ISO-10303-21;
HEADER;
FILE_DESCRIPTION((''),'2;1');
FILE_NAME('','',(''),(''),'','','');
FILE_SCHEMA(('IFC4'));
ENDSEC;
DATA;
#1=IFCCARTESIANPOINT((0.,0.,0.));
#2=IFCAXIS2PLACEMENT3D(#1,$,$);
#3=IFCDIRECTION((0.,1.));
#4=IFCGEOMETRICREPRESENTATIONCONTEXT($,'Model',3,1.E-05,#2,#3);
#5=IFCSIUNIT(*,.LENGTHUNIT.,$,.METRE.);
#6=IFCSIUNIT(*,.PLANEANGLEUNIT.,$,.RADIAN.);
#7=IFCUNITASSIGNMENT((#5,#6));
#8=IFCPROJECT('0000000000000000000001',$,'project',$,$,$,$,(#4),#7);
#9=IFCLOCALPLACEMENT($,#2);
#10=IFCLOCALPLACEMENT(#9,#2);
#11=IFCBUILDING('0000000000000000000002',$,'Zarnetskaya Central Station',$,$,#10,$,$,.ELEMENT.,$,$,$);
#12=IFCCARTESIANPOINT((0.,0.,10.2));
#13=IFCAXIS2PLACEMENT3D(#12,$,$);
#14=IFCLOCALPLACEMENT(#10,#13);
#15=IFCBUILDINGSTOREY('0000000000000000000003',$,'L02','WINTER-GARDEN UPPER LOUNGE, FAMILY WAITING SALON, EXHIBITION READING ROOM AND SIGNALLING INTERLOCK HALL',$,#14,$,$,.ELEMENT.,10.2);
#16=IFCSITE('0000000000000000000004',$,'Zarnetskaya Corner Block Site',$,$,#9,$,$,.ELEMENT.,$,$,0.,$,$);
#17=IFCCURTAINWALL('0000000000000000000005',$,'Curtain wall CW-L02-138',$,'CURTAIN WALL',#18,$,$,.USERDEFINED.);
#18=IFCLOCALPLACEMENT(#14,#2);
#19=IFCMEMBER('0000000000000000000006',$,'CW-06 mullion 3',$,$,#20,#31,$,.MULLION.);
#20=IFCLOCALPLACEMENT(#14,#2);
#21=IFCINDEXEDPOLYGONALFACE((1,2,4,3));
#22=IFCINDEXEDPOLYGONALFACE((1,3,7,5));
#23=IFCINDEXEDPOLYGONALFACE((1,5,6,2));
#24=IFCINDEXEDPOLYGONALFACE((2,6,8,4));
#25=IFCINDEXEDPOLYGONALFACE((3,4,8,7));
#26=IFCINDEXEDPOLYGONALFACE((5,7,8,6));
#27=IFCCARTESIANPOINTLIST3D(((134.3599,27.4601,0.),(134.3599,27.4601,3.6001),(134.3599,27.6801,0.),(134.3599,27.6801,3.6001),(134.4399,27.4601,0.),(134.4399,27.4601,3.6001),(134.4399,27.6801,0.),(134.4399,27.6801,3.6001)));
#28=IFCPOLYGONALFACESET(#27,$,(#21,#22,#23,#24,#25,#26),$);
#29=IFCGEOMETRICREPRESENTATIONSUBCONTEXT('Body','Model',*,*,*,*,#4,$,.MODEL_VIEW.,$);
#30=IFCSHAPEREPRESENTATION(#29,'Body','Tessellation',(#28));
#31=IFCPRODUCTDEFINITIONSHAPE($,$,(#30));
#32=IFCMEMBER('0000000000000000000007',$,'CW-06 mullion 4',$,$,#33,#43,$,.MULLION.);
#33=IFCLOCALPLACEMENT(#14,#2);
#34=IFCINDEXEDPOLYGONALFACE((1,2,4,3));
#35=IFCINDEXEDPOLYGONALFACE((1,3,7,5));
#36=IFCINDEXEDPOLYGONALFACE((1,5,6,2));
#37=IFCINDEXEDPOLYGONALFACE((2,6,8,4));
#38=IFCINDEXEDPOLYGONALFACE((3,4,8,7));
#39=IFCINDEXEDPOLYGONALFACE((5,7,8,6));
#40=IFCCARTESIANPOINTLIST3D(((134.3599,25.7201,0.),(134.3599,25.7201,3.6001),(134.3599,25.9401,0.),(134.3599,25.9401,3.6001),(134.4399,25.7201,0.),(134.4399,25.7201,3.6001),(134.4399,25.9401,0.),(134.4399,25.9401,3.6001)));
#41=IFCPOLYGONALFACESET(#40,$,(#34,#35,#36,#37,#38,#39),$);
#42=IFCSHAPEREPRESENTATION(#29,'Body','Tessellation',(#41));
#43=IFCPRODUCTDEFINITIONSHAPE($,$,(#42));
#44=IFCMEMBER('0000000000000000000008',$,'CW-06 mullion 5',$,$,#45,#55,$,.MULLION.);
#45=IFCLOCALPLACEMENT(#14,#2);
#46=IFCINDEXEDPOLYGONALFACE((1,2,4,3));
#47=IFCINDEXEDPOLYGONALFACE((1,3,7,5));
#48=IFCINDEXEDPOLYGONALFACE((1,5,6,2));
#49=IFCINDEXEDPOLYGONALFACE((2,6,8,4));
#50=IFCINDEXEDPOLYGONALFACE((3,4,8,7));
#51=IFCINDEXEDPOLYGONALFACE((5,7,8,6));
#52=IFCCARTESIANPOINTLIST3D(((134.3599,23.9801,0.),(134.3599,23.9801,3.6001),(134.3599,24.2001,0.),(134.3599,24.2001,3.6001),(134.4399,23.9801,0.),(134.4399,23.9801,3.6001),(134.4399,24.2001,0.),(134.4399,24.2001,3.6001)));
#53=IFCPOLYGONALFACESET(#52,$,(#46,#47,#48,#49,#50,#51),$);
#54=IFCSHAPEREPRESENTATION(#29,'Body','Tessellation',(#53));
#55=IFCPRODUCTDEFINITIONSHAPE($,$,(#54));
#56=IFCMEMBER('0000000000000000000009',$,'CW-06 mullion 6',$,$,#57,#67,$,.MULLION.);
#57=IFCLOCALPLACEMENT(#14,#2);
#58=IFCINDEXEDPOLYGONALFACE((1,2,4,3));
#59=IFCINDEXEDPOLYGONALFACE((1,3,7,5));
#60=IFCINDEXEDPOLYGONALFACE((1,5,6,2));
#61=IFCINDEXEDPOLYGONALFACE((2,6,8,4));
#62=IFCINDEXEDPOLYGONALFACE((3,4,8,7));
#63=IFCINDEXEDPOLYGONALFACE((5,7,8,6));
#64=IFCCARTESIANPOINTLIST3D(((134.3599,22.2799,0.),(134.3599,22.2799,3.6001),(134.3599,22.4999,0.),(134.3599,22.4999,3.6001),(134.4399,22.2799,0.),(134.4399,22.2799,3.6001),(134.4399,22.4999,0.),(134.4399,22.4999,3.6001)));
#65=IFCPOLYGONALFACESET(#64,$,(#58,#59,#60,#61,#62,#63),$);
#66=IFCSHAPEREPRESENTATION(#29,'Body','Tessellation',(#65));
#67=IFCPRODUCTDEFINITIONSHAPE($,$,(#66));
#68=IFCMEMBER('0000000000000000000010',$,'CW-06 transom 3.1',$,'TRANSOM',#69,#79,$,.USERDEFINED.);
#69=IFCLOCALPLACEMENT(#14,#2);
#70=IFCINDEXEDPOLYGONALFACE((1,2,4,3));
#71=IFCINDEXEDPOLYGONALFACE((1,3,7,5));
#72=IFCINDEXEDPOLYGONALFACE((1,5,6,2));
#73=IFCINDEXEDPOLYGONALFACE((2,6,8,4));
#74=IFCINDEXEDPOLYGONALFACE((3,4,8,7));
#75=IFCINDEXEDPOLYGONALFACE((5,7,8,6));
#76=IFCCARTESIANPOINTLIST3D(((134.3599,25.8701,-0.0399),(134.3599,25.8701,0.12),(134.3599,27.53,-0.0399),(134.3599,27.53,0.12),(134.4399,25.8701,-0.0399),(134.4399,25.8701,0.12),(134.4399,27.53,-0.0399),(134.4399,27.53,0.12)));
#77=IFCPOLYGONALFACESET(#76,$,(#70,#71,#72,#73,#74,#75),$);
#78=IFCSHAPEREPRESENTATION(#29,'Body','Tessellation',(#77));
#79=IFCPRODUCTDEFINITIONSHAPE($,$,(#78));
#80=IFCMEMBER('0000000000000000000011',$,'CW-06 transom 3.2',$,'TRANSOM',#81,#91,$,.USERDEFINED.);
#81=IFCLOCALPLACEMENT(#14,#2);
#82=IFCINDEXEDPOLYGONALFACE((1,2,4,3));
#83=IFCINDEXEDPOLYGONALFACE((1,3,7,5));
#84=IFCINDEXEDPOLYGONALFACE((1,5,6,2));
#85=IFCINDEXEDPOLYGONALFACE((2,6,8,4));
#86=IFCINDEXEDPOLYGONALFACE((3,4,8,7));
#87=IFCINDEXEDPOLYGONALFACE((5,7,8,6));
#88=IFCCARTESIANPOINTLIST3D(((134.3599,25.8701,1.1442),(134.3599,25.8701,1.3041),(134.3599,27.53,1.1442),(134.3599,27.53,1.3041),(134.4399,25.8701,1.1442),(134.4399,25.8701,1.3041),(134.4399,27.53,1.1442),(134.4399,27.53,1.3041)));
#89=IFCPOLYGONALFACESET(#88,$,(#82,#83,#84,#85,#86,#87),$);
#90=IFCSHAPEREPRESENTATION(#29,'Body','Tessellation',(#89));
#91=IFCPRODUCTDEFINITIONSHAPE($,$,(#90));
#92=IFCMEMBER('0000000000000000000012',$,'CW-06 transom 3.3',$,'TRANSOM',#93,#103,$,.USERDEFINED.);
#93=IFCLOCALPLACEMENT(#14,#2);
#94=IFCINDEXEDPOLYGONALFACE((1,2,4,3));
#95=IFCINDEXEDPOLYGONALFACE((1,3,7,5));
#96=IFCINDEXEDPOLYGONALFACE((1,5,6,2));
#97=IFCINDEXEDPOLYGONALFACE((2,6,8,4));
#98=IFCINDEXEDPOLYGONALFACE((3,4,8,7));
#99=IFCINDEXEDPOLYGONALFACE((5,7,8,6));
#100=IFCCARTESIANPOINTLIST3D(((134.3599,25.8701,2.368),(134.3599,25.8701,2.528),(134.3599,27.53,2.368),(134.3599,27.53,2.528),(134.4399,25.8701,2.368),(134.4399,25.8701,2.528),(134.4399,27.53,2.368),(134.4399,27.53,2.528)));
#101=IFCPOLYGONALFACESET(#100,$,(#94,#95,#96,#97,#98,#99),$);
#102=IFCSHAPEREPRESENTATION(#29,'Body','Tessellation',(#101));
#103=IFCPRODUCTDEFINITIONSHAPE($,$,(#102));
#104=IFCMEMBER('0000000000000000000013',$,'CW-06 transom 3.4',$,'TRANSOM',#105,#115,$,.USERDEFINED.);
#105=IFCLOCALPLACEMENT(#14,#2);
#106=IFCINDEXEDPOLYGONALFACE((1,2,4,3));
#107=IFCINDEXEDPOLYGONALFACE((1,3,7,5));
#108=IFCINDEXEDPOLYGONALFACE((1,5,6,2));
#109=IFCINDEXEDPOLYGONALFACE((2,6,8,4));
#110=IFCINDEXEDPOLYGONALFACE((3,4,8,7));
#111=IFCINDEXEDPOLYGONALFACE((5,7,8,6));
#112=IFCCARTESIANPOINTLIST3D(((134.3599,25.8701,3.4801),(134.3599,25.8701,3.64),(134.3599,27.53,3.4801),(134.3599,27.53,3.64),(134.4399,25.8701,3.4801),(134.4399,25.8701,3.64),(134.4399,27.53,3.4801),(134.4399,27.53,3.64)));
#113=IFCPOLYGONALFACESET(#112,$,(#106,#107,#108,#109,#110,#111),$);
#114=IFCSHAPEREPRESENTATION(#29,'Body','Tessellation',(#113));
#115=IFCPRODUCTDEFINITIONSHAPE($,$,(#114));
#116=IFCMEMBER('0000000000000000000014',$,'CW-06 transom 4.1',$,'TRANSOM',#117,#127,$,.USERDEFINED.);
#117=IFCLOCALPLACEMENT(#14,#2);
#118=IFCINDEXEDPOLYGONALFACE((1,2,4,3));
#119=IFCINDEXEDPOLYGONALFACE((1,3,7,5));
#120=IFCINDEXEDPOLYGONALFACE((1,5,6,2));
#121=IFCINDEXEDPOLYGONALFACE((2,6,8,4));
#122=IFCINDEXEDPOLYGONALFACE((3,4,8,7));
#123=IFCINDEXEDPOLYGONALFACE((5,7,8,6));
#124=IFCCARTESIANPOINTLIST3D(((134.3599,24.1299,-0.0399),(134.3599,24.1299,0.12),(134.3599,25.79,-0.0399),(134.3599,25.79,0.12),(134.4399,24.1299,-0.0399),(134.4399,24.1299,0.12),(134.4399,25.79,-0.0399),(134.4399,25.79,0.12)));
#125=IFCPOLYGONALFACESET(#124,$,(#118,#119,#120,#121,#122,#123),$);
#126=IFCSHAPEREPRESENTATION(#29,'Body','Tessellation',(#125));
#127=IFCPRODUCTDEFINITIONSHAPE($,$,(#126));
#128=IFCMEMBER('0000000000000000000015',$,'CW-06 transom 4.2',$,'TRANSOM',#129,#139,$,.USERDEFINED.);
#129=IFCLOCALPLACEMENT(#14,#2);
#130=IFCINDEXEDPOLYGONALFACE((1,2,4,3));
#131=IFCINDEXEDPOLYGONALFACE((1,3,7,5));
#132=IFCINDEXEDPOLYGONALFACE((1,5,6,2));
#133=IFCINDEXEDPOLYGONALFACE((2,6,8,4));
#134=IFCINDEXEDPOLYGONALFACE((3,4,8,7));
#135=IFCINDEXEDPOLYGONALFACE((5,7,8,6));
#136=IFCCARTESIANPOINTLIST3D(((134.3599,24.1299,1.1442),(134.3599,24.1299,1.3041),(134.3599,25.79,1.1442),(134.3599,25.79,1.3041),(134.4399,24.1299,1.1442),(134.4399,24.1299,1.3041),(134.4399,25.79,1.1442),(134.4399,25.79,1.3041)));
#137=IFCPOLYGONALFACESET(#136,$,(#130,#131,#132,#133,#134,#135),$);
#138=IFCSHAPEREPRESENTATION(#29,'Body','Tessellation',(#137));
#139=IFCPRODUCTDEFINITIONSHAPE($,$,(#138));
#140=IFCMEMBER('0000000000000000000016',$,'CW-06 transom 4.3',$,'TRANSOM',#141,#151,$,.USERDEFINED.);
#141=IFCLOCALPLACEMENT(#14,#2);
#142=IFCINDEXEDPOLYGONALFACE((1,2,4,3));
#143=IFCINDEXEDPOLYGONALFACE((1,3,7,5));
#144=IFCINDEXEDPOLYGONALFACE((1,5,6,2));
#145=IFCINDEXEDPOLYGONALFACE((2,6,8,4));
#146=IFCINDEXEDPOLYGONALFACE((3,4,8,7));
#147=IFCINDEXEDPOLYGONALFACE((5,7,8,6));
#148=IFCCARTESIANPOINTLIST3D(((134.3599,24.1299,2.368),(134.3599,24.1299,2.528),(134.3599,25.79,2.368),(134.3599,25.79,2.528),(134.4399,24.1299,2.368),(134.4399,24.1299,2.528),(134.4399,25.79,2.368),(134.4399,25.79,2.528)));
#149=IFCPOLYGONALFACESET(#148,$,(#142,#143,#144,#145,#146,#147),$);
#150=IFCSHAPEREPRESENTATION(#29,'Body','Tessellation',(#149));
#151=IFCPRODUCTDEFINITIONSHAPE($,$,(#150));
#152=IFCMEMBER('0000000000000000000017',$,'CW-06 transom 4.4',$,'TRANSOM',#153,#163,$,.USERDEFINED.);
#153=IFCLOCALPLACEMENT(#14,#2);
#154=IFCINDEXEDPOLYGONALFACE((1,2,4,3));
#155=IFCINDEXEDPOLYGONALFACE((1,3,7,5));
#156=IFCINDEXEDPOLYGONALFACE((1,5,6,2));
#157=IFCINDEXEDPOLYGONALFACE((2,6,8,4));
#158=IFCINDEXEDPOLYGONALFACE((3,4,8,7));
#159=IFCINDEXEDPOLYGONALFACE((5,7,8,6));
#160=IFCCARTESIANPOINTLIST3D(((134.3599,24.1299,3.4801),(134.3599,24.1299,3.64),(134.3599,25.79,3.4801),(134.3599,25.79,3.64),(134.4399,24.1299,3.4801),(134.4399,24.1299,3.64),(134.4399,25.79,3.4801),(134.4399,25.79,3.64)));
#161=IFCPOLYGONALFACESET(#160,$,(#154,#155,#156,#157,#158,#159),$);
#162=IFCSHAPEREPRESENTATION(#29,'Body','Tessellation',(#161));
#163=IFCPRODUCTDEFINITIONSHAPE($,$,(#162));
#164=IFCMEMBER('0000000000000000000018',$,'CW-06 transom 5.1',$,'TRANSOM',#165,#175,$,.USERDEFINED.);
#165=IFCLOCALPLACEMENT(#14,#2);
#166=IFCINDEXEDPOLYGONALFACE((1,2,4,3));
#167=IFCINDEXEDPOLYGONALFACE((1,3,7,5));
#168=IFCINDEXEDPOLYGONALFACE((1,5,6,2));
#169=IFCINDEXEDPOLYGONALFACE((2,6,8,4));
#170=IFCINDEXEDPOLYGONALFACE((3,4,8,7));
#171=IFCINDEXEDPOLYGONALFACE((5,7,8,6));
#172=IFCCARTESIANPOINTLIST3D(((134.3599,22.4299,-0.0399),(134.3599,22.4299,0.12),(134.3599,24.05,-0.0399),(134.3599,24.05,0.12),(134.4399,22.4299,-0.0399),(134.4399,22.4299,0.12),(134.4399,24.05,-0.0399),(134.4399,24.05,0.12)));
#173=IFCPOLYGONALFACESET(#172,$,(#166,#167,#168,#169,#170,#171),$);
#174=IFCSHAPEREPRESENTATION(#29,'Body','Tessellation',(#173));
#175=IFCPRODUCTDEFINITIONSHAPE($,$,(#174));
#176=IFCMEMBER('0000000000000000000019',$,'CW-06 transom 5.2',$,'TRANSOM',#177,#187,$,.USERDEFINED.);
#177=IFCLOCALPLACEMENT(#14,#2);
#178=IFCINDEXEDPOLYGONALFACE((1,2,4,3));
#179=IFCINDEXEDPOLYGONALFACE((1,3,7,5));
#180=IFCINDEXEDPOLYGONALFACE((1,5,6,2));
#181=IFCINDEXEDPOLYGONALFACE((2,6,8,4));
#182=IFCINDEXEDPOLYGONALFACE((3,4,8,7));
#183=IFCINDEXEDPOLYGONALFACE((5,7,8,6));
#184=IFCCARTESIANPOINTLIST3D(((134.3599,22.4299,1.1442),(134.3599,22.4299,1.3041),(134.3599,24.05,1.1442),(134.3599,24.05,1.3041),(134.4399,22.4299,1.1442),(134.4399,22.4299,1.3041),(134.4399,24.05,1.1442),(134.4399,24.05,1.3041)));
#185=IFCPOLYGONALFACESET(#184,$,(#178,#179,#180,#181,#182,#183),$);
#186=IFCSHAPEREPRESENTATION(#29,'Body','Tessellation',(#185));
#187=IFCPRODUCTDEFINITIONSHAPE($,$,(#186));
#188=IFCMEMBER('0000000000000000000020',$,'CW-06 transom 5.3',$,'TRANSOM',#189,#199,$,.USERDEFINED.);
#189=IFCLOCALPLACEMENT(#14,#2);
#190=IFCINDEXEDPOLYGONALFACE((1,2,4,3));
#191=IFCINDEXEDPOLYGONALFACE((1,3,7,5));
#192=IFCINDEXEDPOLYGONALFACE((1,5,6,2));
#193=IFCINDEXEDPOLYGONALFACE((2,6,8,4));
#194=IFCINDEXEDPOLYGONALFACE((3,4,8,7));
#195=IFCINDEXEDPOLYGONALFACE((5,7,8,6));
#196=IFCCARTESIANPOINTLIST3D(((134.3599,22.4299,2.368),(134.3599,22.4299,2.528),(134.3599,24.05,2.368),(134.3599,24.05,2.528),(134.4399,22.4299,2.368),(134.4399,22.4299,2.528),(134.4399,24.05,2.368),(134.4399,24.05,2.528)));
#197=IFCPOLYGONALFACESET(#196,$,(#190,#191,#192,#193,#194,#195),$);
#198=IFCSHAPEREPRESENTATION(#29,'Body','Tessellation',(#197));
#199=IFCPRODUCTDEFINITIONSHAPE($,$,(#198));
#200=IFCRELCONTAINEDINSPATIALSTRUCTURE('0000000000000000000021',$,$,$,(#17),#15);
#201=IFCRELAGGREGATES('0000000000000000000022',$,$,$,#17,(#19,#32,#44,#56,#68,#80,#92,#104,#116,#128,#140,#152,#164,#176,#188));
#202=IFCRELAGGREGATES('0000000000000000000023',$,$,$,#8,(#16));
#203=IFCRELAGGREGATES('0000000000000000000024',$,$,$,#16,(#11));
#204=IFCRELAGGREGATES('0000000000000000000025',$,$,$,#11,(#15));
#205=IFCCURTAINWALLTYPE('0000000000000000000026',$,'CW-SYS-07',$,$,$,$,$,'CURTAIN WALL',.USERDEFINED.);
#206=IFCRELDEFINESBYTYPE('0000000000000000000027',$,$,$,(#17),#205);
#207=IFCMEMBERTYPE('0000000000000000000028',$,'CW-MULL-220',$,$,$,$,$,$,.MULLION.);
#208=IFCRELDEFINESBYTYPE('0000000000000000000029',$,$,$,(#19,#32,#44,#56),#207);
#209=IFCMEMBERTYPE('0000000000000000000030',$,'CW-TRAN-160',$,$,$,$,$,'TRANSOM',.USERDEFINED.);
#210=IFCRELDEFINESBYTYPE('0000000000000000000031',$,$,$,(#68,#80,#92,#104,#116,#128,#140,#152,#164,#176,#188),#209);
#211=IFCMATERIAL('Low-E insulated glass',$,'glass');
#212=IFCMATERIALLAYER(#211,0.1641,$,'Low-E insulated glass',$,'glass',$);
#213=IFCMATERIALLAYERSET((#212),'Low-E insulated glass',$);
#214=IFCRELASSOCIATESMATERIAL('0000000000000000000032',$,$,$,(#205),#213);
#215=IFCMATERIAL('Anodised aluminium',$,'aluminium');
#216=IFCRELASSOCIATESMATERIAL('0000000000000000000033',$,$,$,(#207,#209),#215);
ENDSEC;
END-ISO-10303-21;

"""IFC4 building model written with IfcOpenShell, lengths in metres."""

from ifc_helpers import new_model, si_unit, direction, frame, origin, origin_2d, place, context, subcontext, project, spatial, rectangle, extrude, material, layer, layer_set, material_profile, profile_set, type_object, element, aggregate, save


model = new_model("IFC4")

# Units and contexts
model_context = context("Model", 3, precision=1e-05, world=origin(), true_north=direction((0.0, 1.0)))
body_context = subcontext(model_context, "Body", "Model", "MODEL_VIEW")
ifc_project = project(units=[si_unit("LENGTHUNIT", "METRE"), si_unit("PLANEANGLEUNIT", "RADIAN")], contexts=[model_context])

# Site, building, storey
site_placement = place(None, origin())
site = spatial("IfcSite", under=ifc_project, at=site_placement, Name="Zarnetskaya Corner Block Site", CompositionType="ELEMENT", RefElevation=0.0)
building_placement = place(site_placement, origin())
building = spatial("IfcBuilding", under=site, at=building_placement, Name="Zarnetskaya Central Station", CompositionType="ELEMENT")
storey_placement = place(building_placement, frame((0.0, 0.0, 10.2)))
storey = spatial("IfcBuildingStorey", under=building, at=storey_placement, Name="L02", Description="WINTER-GARDEN UPPER LOUNGE, FAMILY WAITING SALON, EXHIBITION READING ROOM AND SIGNALLING INTERLOCK HALL", CompositionType="ELEMENT", Elevation=10.2)

# Curtain wall, members
ifc_material_1 = material(Name="Low-E insulated glass", Category="glass")
ifc_layer_1 = layer(ifc_material_1, 0.1641, Name="Low-E insulated glass", Category="glass")
ifc_layer_set_1 = layer_set([ifc_layer_1], Name="Low-E insulated glass")
curtain_wall_type = type_object("IfcCurtainWallType", Name="CW-SYS-07", ElementType="CURTAIN WALL", PredefinedType="USERDEFINED", material=ifc_layer_set_1)
curtain_wall_placement = place(storey_placement, origin())
curtain_wall = element("IfcCurtainWall", 1, at=curtain_wall_placement, inside=storey, type_object=curtain_wall_type, Name="Curtain wall CW-L02-138", ObjectType="CURTAIN WALL", PredefinedType="USERDEFINED")
ifc_material_2 = material(Name="Anodised aluminium", Category="aluminium")
ifc_material_profile_1 = material_profile(ifc_material_2, rectangle(XDim=0.0801, YDim=0.22, at=origin_2d()), Name="ALU MULL 80x220")
ifc_profile_set_1 = profile_set([ifc_material_profile_1], Name="Anodised aluminium")
member_type_1 = type_object("IfcMemberType", Name="CW-MULL-220", PredefinedType="MULLION", material=ifc_profile_set_1)
member_1_placement = place(storey_placement, frame((134.3999, 27.5701, 0.0), z_axis=(0.0, 0.0, 1.0), x_axis=(1.0, 0.0, 0.0)))
member_1 = element("IfcMember", 2, at=member_1_placement, type_object=member_type_1, Name="CW-06 mullion 3", PredefinedType="MULLION", context=body_context, shape_type="SweptSolid", body=[
    extrude(rectangle(XDim=0.0801, YDim=0.22, at=origin_2d()), origin(), (0.0, 0.0, 1.0), 3.6001),
])
member_2_placement = place(storey_placement, frame((134.3999, 25.8301, 0.0), z_axis=(0.0, 0.0, 1.0), x_axis=(1.0, 0.0, 0.0)))
member_2 = element("IfcMember", 3, at=member_2_placement, type_object=member_type_1, Name="CW-06 mullion 4", PredefinedType="MULLION", context=body_context, shape_type="SweptSolid", body=[
    extrude(rectangle(XDim=0.0801, YDim=0.22, at=origin_2d()), origin(), (0.0, 0.0, 1.0), 3.6001),
])
member_3_placement = place(storey_placement, frame((134.3999, 24.0901, 0.0), z_axis=(0.0, 0.0, 1.0), x_axis=(1.0, 0.0, 0.0)))
member_3 = element("IfcMember", 4, at=member_3_placement, type_object=member_type_1, Name="CW-06 mullion 5", PredefinedType="MULLION", context=body_context, shape_type="SweptSolid", body=[
    extrude(rectangle(XDim=0.0801, YDim=0.22, at=origin_2d()), origin(), (0.0, 0.0, 1.0), 3.6001),
])
member_4_placement = place(storey_placement, frame((134.3999, 22.3899, 0.0), z_axis=(0.0, 0.0, 1.0), x_axis=(1.0, 0.0, 0.0)))
member_4 = element("IfcMember", 5, at=member_4_placement, type_object=member_type_1, Name="CW-06 mullion 6", PredefinedType="MULLION", context=body_context, shape_type="SweptSolid", body=[
    extrude(rectangle(XDim=0.0801, YDim=0.22, at=origin_2d()), origin(), (0.0, 0.0, 1.0), 3.6001),
])
ifc_material_profile_2 = material_profile(ifc_material_2, rectangle(XDim=0.0801, YDim=0.1599, at=origin_2d()), Name="ALU TRAN 80x160")
ifc_profile_set_2 = profile_set([ifc_material_profile_2], Name="Anodised aluminium")
member_type_2 = type_object("IfcMemberType", Name="CW-TRAN-160", ElementType="TRANSOM", PredefinedType="USERDEFINED", material=ifc_profile_set_2)
member_5_placement = place(storey_placement, frame((134.3999, 27.53, 0.04), z_axis=(0.0, -1.0, 0.0), x_axis=(1.0, 0.0, 0.0)))
member_5 = element("IfcMember", 6, at=member_5_placement, type_object=member_type_2, Name="CW-06 transom 3.1", ObjectType="TRANSOM", PredefinedType="USERDEFINED", context=body_context, shape_type="SweptSolid", body=[
    extrude(rectangle(XDim=0.0801, YDim=0.1599, at=origin_2d()), origin(), (0.0, 0.0, 1.0), 1.6599),
])
member_6_placement = place(storey_placement, frame((134.3999, 27.53, 1.2241), z_axis=(0.0, -1.0, 0.0), x_axis=(1.0, 0.0, 0.0)))
member_6 = element("IfcMember", 7, at=member_6_placement, type_object=member_type_2, Name="CW-06 transom 3.2", ObjectType="TRANSOM", PredefinedType="USERDEFINED", context=body_context, shape_type="SweptSolid", body=[
    extrude(rectangle(XDim=0.0801, YDim=0.1599, at=origin_2d()), origin(), (0.0, 0.0, 1.0), 1.6599),
])
member_7_placement = place(storey_placement, frame((134.3999, 27.53, 2.448), z_axis=(0.0, -1.0, 0.0), x_axis=(1.0, 0.0, 0.0)))
member_7 = element("IfcMember", 8, at=member_7_placement, type_object=member_type_2, Name="CW-06 transom 3.3", ObjectType="TRANSOM", PredefinedType="USERDEFINED", context=body_context, shape_type="SweptSolid", body=[
    extrude(rectangle(XDim=0.0801, YDim=0.1599, at=origin_2d()), origin(), (0.0, 0.0, 1.0), 1.6599),
])
member_8_placement = place(storey_placement, frame((134.3999, 27.53, 3.5601), z_axis=(0.0, -1.0, 0.0), x_axis=(1.0, 0.0, 0.0)))
member_8 = element("IfcMember", 9, at=member_8_placement, type_object=member_type_2, Name="CW-06 transom 3.4", ObjectType="TRANSOM", PredefinedType="USERDEFINED", context=body_context, shape_type="SweptSolid", body=[
    extrude(rectangle(XDim=0.0801, YDim=0.1599, at=origin_2d()), origin(), (0.0, 0.0, 1.0), 1.6599),
])
member_9_placement = place(storey_placement, frame((134.3999, 25.79, 0.04), z_axis=(0.0, -1.0, 0.0), x_axis=(1.0, 0.0, 0.0)))
member_9 = element("IfcMember", 10, at=member_9_placement, type_object=member_type_2, Name="CW-06 transom 4.1", ObjectType="TRANSOM", PredefinedType="USERDEFINED", context=body_context, shape_type="SweptSolid", body=[
    extrude(rectangle(XDim=0.0801, YDim=0.1599, at=origin_2d()), origin(), (0.0, 0.0, 1.0), 1.6602),
])
member_10_placement = place(storey_placement, frame((134.3999, 25.79, 1.2241), z_axis=(0.0, -1.0, 0.0), x_axis=(1.0, 0.0, 0.0)))
member_10 = element("IfcMember", 11, at=member_10_placement, type_object=member_type_2, Name="CW-06 transom 4.2", ObjectType="TRANSOM", PredefinedType="USERDEFINED", context=body_context, shape_type="SweptSolid", body=[
    extrude(rectangle(XDim=0.0801, YDim=0.1599, at=origin_2d()), origin(), (0.0, 0.0, 1.0), 1.6602),
])
member_11_placement = place(storey_placement, frame((134.3999, 25.79, 2.448), z_axis=(0.0, -1.0, 0.0), x_axis=(1.0, 0.0, 0.0)))
member_11 = element("IfcMember", 12, at=member_11_placement, type_object=member_type_2, Name="CW-06 transom 4.3", ObjectType="TRANSOM", PredefinedType="USERDEFINED", context=body_context, shape_type="SweptSolid", body=[
    extrude(rectangle(XDim=0.0801, YDim=0.1599, at=origin_2d()), origin(), (0.0, 0.0, 1.0), 1.6602),
])
member_12_placement = place(storey_placement, frame((134.3999, 25.79, 3.5601), z_axis=(0.0, -1.0, 0.0), x_axis=(1.0, 0.0, 0.0)))
member_12 = element("IfcMember", 13, at=member_12_placement, type_object=member_type_2, Name="CW-06 transom 4.4", ObjectType="TRANSOM", PredefinedType="USERDEFINED", context=body_context, shape_type="SweptSolid", body=[
    extrude(rectangle(XDim=0.0801, YDim=0.1599, at=origin_2d()), origin(), (0.0, 0.0, 1.0), 1.6602),
])
member_13_placement = place(storey_placement, frame((134.3999, 24.05, 0.04), z_axis=(0.0, -1.0, 0.0), x_axis=(1.0, 0.0, 0.0)))
member_13 = element("IfcMember", 14, at=member_13_placement, type_object=member_type_2, Name="CW-06 transom 5.1", ObjectType="TRANSOM", PredefinedType="USERDEFINED", context=body_context, shape_type="SweptSolid", body=[
    extrude(rectangle(XDim=0.0801, YDim=0.1599, at=origin_2d()), origin(), (0.0, 0.0, 1.0), 1.6201),
])
member_14_placement = place(storey_placement, frame((134.3999, 24.05, 1.2241), z_axis=(0.0, -1.0, 0.0), x_axis=(1.0, 0.0, 0.0)))
member_14 = element("IfcMember", 15, at=member_14_placement, type_object=member_type_2, Name="CW-06 transom 5.2", ObjectType="TRANSOM", PredefinedType="USERDEFINED", context=body_context, shape_type="SweptSolid", body=[
    extrude(rectangle(XDim=0.0801, YDim=0.1599, at=origin_2d()), origin(), (0.0, 0.0, 1.0), 1.6201),
])
member_15_placement = place(storey_placement, frame((134.3999, 24.05, 2.448), z_axis=(0.0, -1.0, 0.0), x_axis=(1.0, 0.0, 0.0)))
member_15 = element("IfcMember", 16, at=member_15_placement, type_object=member_type_2, Name="CW-06 transom 5.3", ObjectType="TRANSOM", PredefinedType="USERDEFINED", context=body_context, shape_type="SweptSolid", body=[
    extrude(rectangle(XDim=0.0801, YDim=0.1599, at=origin_2d()), origin(), (0.0, 0.0, 1.0), 1.6201),
])
aggregate(curtain_wall, [member_1, member_2, member_3, member_4, member_5, member_6, member_7, member_8, member_9, member_10, member_11, member_12, member_13, member_14, member_15])

save(model, "model.ifc")
